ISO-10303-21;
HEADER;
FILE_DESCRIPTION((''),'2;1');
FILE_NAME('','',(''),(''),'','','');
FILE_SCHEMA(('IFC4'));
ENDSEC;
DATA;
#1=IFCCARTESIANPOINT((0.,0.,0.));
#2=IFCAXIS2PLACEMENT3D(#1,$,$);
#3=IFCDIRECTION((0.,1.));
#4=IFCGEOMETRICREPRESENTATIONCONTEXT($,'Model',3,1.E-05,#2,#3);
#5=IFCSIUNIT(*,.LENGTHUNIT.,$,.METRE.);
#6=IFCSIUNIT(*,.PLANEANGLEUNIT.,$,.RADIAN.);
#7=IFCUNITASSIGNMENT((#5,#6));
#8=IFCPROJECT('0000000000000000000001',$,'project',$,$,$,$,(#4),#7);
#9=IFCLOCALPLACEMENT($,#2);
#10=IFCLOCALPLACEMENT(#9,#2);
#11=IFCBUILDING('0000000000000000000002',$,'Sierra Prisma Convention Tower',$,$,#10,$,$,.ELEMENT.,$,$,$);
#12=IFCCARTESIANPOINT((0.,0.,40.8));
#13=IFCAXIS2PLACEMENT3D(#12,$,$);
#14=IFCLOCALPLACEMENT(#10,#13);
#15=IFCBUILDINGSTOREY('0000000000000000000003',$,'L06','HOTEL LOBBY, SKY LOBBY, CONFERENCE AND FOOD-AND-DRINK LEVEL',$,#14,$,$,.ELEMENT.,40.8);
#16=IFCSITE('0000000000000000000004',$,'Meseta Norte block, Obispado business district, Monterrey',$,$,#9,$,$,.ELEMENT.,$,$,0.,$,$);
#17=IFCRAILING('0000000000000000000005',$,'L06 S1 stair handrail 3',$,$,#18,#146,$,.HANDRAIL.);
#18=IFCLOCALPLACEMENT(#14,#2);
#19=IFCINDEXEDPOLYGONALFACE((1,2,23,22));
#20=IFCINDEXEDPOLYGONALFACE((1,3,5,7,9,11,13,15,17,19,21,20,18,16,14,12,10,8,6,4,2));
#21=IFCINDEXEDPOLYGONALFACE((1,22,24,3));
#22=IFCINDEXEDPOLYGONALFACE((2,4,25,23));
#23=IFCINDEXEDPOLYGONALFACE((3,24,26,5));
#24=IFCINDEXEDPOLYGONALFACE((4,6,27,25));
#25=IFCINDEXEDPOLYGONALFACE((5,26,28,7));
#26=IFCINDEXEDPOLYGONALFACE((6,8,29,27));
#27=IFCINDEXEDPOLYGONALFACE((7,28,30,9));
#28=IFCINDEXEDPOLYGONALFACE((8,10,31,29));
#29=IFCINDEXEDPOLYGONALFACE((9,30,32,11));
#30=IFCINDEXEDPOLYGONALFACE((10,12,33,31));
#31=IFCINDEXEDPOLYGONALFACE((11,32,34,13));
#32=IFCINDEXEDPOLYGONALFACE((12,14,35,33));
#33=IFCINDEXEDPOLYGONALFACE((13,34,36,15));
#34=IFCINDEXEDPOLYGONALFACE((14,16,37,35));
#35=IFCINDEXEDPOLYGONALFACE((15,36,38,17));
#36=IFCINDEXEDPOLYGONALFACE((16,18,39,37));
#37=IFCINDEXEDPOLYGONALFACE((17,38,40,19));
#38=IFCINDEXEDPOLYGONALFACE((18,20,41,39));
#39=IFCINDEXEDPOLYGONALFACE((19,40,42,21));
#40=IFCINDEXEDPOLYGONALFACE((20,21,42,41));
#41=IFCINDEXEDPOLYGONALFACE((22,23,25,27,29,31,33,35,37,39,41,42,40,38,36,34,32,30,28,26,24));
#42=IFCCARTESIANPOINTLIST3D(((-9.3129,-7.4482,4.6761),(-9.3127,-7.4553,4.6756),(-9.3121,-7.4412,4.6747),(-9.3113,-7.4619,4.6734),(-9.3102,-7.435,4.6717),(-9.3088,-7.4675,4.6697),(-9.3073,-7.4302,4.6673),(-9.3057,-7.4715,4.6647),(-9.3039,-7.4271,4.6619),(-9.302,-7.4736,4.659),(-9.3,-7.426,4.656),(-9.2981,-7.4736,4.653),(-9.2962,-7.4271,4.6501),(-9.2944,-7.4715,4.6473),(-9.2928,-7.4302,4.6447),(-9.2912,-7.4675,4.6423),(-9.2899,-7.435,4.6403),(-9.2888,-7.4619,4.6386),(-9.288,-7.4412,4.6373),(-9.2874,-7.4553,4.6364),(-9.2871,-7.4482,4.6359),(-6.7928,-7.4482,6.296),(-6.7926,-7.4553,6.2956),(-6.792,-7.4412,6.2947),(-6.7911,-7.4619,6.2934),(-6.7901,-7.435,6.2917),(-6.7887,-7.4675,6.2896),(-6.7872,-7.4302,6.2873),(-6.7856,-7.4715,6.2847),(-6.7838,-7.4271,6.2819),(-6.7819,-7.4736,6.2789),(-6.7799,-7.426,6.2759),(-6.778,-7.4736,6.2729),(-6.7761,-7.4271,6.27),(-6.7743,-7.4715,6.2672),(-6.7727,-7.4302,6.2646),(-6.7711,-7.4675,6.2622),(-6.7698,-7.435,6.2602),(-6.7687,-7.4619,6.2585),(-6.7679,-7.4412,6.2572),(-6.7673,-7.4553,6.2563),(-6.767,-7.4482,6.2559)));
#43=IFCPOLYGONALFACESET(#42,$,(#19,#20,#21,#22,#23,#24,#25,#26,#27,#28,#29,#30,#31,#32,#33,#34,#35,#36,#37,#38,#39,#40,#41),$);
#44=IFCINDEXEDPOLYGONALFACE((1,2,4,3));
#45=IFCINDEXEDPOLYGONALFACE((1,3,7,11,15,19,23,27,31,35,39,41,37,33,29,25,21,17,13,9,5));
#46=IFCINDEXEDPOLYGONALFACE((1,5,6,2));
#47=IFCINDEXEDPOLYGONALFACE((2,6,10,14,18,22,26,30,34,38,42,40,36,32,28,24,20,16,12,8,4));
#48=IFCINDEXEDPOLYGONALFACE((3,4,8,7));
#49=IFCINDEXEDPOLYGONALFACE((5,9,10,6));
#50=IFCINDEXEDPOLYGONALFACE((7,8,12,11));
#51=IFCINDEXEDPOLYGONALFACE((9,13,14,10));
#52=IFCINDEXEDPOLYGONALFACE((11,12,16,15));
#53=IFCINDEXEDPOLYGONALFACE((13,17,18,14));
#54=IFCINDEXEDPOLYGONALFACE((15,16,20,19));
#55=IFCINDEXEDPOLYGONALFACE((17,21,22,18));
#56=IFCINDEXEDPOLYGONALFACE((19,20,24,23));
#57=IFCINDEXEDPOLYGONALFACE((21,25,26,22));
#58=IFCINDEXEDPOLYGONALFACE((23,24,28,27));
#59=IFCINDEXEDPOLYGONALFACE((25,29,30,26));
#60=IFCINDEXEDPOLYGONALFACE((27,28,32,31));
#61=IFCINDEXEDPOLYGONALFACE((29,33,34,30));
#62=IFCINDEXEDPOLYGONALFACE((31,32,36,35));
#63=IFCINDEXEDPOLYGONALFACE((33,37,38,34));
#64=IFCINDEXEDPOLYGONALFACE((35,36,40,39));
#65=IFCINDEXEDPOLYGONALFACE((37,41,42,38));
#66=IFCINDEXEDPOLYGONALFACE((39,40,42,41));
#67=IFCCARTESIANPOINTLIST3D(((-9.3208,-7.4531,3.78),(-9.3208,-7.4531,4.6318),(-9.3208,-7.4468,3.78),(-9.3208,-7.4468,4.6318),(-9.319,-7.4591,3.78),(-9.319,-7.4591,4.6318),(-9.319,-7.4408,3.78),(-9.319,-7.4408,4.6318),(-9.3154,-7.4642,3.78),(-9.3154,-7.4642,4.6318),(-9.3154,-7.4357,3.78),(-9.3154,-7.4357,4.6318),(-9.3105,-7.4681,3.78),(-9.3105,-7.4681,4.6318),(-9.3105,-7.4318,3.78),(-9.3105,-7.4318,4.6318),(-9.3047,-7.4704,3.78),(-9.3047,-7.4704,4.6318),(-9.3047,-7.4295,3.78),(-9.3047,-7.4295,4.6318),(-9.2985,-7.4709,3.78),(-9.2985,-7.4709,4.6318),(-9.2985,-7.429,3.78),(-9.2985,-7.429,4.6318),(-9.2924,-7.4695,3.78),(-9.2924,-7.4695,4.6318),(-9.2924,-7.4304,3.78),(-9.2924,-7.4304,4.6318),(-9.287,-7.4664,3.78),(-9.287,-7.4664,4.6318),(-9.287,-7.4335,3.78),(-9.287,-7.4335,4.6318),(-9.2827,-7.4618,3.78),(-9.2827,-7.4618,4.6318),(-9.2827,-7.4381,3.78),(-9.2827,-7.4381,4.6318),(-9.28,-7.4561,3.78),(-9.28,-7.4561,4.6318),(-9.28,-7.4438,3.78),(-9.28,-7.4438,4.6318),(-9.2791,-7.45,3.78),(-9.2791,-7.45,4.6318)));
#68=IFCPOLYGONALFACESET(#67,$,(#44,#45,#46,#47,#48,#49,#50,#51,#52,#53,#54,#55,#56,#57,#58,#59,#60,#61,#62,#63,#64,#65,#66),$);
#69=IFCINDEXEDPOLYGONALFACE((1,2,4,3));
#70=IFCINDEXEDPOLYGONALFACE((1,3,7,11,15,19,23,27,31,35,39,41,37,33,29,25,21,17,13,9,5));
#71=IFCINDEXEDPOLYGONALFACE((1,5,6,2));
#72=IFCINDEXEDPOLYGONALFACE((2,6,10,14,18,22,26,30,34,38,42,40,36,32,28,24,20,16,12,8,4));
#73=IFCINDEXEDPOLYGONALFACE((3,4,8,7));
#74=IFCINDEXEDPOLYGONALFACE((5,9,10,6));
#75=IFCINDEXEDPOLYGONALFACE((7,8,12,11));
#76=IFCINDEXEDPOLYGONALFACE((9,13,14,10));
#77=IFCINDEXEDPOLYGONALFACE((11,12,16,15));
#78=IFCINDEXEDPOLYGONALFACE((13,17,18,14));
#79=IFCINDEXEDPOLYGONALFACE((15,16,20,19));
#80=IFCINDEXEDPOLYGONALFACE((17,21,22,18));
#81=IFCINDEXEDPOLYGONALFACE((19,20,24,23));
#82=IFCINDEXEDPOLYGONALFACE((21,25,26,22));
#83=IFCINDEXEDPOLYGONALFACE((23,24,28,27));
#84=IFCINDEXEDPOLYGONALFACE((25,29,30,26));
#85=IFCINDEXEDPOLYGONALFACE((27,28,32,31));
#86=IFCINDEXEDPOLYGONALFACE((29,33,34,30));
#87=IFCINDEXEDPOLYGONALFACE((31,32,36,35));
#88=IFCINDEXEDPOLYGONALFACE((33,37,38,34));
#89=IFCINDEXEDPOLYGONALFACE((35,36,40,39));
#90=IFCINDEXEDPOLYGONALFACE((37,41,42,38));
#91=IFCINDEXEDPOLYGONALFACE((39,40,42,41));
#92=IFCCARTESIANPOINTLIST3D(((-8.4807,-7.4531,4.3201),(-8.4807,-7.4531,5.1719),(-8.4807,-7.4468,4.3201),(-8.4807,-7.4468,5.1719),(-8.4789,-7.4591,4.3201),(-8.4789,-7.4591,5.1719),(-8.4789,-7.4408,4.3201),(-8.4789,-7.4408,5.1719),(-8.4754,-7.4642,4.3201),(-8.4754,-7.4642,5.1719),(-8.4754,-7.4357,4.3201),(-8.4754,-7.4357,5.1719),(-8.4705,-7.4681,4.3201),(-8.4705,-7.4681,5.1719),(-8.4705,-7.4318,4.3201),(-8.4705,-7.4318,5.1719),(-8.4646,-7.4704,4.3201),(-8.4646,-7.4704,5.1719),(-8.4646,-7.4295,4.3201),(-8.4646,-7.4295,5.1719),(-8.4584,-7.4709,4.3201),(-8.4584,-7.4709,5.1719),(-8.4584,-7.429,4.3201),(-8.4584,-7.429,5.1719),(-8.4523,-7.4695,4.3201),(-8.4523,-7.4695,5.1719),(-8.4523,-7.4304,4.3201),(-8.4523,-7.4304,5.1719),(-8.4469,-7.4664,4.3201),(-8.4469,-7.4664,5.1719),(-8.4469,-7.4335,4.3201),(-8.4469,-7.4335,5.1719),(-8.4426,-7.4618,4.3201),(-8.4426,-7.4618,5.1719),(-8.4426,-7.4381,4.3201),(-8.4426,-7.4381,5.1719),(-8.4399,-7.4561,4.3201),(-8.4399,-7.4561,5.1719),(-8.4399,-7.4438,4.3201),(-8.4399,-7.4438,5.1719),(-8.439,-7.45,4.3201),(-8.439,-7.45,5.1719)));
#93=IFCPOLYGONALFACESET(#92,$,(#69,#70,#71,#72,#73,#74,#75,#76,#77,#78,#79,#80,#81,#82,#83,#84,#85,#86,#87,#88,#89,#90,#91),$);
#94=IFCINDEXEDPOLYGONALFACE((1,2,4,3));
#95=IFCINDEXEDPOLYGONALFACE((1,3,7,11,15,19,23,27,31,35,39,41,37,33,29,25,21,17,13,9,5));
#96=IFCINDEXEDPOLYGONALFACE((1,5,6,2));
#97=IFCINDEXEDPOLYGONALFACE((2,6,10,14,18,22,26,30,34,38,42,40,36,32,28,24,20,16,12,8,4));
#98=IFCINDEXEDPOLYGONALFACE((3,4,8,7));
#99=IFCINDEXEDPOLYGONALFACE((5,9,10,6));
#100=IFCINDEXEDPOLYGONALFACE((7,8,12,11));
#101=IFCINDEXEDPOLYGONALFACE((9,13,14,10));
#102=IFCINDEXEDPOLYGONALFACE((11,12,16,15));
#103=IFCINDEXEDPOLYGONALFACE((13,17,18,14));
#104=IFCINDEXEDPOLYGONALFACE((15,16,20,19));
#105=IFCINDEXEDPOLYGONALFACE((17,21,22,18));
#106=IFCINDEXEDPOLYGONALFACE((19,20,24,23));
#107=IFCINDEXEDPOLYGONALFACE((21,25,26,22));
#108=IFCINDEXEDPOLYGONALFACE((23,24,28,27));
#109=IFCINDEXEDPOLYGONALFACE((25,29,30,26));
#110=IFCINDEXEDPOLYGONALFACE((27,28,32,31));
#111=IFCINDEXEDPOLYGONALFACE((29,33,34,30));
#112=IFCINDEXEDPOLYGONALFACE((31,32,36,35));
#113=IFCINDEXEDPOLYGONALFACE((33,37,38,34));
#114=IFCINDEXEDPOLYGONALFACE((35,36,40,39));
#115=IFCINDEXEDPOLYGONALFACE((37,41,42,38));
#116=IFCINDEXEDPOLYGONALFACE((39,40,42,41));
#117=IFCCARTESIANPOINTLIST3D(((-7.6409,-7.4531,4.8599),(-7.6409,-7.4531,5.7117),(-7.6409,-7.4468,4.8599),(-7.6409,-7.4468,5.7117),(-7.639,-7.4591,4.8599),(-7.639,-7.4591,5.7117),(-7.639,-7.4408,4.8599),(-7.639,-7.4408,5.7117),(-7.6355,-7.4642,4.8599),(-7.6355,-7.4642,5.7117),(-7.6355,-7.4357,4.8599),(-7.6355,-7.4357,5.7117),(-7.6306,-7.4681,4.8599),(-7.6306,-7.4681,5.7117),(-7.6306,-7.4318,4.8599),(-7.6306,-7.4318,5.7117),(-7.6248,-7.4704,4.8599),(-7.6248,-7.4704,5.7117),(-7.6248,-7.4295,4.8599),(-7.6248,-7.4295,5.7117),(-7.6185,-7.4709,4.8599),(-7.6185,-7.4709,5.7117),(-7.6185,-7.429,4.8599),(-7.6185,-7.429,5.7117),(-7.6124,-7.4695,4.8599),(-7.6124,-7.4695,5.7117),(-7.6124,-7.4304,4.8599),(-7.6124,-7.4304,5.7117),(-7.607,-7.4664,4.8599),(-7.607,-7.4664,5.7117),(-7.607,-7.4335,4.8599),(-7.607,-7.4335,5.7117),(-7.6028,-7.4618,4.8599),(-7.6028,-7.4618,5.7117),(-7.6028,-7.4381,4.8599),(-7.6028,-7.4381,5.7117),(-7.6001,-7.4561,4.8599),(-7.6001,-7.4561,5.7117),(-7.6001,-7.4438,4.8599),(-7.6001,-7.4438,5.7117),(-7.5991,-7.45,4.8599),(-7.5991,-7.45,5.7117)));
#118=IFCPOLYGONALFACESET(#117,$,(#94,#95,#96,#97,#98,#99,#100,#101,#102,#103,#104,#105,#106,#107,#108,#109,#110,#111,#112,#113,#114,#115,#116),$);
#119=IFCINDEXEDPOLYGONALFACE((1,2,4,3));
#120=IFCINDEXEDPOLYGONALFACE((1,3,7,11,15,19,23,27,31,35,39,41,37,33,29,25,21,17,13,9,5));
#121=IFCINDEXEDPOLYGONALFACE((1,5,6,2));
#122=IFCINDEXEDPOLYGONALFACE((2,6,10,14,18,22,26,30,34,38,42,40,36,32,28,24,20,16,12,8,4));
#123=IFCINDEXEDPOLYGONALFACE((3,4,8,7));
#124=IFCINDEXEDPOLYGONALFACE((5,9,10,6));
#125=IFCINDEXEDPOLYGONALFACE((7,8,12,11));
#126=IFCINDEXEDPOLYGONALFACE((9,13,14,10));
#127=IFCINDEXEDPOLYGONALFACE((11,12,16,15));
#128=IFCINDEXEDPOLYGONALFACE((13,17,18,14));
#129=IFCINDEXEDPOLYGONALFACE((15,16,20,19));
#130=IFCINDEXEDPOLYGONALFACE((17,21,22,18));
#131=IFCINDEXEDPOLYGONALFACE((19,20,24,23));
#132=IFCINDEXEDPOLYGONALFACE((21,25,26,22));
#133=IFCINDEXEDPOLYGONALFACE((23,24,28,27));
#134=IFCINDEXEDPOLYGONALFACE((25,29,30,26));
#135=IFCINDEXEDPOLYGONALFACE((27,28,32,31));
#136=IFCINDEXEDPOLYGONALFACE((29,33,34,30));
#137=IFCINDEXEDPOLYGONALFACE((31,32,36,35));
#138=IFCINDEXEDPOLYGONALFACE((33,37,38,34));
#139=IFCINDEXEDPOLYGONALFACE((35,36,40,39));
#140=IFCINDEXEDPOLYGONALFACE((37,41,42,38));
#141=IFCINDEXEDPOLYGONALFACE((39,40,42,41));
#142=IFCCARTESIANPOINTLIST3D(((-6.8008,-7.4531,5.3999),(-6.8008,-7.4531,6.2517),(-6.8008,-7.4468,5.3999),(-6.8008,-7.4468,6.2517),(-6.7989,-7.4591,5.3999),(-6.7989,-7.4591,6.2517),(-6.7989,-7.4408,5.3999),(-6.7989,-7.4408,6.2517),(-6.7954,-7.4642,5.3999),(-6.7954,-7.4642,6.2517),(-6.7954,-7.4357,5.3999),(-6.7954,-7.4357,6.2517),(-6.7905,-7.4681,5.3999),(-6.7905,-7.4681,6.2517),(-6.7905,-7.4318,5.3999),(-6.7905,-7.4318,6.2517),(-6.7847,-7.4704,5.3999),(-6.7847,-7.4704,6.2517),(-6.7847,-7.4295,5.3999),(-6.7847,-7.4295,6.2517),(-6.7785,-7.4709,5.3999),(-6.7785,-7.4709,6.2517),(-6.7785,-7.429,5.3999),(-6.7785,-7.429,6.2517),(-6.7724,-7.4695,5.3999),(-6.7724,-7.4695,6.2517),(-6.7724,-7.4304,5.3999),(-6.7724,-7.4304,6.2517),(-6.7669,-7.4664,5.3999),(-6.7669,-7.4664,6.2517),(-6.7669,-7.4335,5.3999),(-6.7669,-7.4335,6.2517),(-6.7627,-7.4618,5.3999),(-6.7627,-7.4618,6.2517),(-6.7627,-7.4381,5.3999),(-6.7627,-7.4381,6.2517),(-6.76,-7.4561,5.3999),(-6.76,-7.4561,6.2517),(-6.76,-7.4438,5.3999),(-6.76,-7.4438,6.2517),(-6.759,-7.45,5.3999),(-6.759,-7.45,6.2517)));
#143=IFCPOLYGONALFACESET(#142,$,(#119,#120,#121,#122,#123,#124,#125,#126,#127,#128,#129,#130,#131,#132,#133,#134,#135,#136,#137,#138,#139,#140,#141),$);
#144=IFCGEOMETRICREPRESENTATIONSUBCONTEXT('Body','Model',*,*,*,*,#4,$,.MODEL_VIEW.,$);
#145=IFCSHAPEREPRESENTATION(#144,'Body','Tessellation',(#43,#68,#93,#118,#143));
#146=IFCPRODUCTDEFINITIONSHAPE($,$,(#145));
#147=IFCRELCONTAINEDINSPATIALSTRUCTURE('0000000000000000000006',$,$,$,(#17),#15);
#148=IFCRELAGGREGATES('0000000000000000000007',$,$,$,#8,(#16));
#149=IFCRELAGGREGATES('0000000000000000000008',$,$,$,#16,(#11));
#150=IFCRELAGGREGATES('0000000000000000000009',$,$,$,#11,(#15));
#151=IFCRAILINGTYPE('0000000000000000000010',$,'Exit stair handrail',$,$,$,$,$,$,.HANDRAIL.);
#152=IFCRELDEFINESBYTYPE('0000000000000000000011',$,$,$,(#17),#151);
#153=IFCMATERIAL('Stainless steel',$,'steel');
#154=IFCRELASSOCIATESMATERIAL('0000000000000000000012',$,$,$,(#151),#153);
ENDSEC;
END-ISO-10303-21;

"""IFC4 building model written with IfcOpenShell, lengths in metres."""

from ifc_helpers import new_model, si_unit, direction, frame, origin, origin_2d, place, context, subcontext, project, spatial, circle, extrude, material, type_object, element, save


model = new_model("IFC4")

# Units and contexts
model_context = context("Model", 3, precision=1e-05, world=origin(), true_north=direction((0.0, 1.0)))
body_context = subcontext(model_context, "Body", "Model", "MODEL_VIEW")
ifc_project = project(units=[si_unit("LENGTHUNIT", "METRE"), si_unit("PLANEANGLEUNIT", "RADIAN")], contexts=[model_context])

# Site, building, storey
site_placement = place(None, origin())
site = spatial("IfcSite", under=ifc_project, at=site_placement, Name="Meseta Norte block, Obispado business district, Monterrey", CompositionType="ELEMENT", RefElevation=0.0)
building_placement = place(site_placement, origin())
building = spatial("IfcBuilding", under=site, at=building_placement, Name="Sierra Prisma Convention Tower", CompositionType="ELEMENT")
storey_placement = place(building_placement, frame((0.0, 0.0, 40.8)))
storey = spatial("IfcBuildingStorey", under=building, at=storey_placement, Name="L06", Description="HOTEL LOBBY, SKY LOBBY, CONFERENCE AND FOOD-AND-DRINK LEVEL", CompositionType="ELEMENT", Elevation=40.8)

# Railing
ifc_material_1 = material(Name="Stainless steel", Category="steel")
railing_type_1 = type_object("IfcRailingType", Name="Exit stair handrail", PredefinedType="HANDRAIL", material=ifc_material_1)
railing_1_placement = place(storey_placement, frame((-9.3, -7.45, 3.78)))
element("IfcRailing", 1, at=railing_1_placement, inside=storey, type_object=railing_type_1, Name="L06 S1 stair handrail 3", PredefinedType="HANDRAIL", context=body_context, shape_type="SweptSolid", body=[
    extrude(circle(Radius=0.0239, at=origin_2d()), frame((0.0, 0.0, 0.876), z_axis=(0.8412, 0.0, 0.540725), x_axis=(0.0, 1.0, 0.0)), (0.0, 0.0, 1.0), 2.9958),
    extrude(circle(Radius=0.021, at=origin_2d()), origin(), (0.0, 0.0, 1.0), 0.8518),
    extrude(circle(Radius=0.021, at=origin_2d()), frame((0.8401, 0.0, 0.54)), (0.0, 0.0, 1.0), 0.8518),
    extrude(circle(Radius=0.021, at=origin_2d()), frame((1.6799, 0.0, 1.0798)), (0.0, 0.0, 1.0), 0.8518),
    extrude(circle(Radius=0.021, at=origin_2d()), frame((2.52, 0.0, 1.6199)), (0.0, 0.0, 1.0), 0.8518),
])

save(model, "model.ifc")
